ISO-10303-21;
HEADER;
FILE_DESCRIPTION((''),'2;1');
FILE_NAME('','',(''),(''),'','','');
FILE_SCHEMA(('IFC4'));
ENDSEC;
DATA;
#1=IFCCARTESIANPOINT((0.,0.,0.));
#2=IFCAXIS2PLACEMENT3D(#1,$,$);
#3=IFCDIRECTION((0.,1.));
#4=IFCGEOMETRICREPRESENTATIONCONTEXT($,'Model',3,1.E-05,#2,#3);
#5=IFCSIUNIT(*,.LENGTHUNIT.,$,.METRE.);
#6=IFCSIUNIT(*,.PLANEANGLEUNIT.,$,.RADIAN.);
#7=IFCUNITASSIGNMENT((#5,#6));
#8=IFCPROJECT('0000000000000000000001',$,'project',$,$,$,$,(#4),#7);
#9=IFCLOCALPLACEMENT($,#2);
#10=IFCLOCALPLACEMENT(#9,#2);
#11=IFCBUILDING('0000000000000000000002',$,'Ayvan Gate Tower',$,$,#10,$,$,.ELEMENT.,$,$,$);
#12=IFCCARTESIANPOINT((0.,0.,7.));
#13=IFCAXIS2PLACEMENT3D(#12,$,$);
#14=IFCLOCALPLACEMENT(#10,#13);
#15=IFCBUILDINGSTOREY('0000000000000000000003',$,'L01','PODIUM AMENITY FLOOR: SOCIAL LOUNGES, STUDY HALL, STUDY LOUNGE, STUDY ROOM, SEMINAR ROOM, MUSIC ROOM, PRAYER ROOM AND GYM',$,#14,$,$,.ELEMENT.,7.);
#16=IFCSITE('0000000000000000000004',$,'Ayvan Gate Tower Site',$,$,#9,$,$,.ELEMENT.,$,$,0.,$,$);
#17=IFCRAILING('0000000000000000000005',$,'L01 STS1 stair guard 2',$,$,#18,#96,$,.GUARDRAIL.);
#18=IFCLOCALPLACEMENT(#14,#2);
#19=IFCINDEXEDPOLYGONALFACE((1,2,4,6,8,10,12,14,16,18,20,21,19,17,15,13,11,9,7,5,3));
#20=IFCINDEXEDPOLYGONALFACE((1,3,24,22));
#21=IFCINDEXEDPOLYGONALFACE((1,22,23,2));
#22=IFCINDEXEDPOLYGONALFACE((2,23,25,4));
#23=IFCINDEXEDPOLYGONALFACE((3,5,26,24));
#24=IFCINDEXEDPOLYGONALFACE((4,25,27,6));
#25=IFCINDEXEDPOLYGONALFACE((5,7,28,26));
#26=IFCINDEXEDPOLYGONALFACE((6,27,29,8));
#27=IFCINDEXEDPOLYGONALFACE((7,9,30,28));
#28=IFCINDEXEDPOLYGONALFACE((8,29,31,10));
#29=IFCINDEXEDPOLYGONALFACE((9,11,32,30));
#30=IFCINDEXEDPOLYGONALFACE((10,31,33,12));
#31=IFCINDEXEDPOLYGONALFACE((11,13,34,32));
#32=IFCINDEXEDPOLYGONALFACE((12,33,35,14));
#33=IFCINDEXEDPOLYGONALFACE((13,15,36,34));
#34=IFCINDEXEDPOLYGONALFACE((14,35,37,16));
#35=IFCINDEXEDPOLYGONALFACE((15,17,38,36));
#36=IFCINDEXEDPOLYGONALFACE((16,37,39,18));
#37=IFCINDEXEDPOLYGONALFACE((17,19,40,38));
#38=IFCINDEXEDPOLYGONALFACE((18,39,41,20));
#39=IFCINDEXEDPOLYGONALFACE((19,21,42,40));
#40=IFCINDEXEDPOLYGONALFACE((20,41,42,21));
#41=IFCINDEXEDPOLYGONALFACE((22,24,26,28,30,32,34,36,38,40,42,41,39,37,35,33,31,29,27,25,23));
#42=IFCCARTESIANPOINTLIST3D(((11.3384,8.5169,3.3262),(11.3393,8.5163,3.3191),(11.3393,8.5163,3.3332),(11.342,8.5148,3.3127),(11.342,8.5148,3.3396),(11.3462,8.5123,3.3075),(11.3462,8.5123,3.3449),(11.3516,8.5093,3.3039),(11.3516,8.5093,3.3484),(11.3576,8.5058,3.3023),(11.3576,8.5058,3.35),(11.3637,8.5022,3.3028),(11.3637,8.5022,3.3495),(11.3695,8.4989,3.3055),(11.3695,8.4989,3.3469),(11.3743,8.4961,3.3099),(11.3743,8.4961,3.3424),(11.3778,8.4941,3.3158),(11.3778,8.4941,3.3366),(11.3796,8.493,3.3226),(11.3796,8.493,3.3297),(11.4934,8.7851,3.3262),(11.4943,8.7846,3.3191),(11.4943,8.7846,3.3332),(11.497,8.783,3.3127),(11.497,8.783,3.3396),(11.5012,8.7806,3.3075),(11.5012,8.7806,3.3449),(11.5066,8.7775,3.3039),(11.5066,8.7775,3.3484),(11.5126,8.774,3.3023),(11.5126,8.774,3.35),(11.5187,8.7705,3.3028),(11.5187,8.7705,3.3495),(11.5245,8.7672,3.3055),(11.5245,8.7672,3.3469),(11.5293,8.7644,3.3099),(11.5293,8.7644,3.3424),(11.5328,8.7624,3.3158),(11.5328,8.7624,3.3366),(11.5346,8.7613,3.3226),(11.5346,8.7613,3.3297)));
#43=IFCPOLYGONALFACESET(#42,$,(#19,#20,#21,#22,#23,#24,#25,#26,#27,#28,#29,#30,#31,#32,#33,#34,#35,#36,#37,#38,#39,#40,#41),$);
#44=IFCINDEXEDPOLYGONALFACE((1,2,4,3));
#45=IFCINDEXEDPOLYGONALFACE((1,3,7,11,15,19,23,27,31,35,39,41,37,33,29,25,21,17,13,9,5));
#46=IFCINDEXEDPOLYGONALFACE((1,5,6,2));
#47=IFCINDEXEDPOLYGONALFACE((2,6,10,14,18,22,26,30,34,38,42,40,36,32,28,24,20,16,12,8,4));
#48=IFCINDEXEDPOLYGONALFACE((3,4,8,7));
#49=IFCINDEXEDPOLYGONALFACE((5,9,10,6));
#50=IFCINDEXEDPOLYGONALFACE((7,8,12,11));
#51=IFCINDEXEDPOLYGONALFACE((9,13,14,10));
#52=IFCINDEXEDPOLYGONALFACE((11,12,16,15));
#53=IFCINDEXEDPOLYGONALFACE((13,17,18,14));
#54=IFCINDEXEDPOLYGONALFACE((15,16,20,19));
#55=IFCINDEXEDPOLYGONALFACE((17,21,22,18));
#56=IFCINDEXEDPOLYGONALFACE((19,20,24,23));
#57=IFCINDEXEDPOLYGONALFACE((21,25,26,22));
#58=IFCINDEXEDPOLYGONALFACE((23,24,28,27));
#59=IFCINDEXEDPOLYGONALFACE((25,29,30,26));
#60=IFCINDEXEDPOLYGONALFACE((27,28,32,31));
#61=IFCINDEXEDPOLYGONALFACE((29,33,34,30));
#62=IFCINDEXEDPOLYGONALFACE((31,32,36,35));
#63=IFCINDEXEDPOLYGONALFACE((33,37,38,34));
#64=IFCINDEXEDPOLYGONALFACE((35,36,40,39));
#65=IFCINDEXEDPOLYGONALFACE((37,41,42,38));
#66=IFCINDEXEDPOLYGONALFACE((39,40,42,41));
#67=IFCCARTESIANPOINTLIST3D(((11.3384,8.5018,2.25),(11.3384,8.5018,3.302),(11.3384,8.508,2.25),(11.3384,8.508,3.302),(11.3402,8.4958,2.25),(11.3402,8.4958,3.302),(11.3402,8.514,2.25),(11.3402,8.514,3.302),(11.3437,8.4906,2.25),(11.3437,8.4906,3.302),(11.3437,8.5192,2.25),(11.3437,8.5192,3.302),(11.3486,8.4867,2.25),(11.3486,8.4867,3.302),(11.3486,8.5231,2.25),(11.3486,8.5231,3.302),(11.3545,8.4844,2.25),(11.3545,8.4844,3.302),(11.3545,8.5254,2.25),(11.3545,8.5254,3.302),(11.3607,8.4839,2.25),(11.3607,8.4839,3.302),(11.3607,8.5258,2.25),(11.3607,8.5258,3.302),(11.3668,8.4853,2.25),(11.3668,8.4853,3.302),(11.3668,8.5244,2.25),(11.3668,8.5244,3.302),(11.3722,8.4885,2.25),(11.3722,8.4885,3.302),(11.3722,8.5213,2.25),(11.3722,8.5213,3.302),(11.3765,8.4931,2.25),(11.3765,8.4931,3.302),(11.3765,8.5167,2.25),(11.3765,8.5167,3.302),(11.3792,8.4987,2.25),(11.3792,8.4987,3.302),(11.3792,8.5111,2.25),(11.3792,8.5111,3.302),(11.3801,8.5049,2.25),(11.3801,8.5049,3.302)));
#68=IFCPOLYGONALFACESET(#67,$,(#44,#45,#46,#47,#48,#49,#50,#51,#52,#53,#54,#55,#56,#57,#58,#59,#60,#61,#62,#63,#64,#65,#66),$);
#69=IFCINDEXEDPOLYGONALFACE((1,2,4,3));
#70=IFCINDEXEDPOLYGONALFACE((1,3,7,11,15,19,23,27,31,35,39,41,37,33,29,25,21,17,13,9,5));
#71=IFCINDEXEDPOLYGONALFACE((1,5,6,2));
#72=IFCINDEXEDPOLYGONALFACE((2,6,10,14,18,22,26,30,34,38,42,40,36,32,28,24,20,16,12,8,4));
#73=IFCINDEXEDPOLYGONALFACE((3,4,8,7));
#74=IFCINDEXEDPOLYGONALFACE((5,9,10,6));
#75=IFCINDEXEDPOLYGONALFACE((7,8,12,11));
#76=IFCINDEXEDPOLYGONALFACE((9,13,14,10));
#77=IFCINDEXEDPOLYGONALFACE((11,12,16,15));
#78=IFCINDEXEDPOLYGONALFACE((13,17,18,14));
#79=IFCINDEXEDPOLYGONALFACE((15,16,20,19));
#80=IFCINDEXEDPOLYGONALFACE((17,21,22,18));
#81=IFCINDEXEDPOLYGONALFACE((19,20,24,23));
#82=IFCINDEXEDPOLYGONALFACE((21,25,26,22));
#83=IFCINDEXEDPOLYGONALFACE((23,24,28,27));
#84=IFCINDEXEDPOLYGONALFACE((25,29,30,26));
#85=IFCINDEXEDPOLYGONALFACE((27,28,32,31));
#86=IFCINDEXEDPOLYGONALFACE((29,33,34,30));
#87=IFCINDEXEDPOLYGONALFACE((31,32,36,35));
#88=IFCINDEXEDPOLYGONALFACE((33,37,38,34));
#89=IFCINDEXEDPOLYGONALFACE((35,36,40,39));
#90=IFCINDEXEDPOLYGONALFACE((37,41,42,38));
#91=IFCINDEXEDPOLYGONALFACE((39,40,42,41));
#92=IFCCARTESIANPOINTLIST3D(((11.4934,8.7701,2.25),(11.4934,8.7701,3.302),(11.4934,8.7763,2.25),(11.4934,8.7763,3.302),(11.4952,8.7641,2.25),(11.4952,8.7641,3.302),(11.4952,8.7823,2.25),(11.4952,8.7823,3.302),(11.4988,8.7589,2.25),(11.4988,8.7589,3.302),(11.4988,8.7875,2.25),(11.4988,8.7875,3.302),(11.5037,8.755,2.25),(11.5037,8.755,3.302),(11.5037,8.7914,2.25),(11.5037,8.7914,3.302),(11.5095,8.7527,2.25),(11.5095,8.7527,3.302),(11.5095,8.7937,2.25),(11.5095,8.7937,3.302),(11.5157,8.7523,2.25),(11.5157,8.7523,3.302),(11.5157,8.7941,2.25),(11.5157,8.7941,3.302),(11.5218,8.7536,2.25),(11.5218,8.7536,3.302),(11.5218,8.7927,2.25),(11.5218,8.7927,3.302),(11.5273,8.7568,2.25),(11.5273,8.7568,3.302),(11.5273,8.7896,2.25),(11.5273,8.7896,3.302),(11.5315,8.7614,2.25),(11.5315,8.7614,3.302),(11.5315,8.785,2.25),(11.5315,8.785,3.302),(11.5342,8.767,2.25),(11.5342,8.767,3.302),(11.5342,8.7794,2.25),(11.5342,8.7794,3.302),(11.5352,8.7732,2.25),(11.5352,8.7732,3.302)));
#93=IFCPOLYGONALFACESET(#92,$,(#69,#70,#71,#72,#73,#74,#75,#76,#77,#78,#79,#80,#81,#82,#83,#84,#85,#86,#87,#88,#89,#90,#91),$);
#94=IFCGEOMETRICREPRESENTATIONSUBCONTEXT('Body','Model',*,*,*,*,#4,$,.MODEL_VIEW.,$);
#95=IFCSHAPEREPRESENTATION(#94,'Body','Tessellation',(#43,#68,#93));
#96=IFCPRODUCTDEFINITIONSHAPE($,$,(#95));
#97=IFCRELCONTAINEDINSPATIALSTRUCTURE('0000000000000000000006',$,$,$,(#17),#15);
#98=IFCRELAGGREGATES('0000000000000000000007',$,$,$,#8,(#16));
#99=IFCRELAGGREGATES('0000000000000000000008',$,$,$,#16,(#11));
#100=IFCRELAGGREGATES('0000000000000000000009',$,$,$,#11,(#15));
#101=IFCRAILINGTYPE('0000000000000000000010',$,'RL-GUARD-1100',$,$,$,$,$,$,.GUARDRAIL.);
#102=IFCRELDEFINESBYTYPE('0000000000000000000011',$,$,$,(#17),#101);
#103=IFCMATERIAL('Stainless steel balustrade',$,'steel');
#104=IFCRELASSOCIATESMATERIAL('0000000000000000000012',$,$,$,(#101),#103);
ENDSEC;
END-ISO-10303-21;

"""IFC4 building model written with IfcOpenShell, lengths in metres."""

from ifc_helpers import new_model, si_unit, direction, frame, origin, origin_2d, place, context, subcontext, project, spatial, circle, extrude, material, type_object, element, save


model = new_model("IFC4")

# Units and contexts
model_context = context("Model", 3, precision=1e-05, world=origin(), true_north=direction((0.0, 1.0)))
body_context = subcontext(model_context, "Body", "Model", "MODEL_VIEW")
ifc_project = project(units=[si_unit("LENGTHUNIT", "METRE"), si_unit("PLANEANGLEUNIT", "RADIAN")], contexts=[model_context])

# Site, building, storey
site_placement = place(None, origin())
site = spatial("IfcSite", under=ifc_project, at=site_placement, Name="Ayvan Gate Tower Site", CompositionType="ELEMENT", RefElevation=0.0)
building_placement = place(site_placement, origin())
building = spatial("IfcBuilding", under=site, at=building_placement, Name="Ayvan Gate Tower", CompositionType="ELEMENT")
storey_placement = place(building_placement, frame((0.0, 0.0, 7.0)))
storey = spatial("IfcBuildingStorey", under=building, at=storey_placement, Name="L01", Description="PODIUM AMENITY FLOOR: SOCIAL LOUNGES, STUDY HALL, STUDY LOUNGE, STUDY ROOM, SEMINAR ROOM, MUSIC ROOM, PRAYER ROOM AND GYM", CompositionType="ELEMENT", Elevation=7.0)

# Railing
ifc_material_1 = material(Name="Stainless steel balustrade", Category="steel")
railing_type_1 = type_object("IfcRailingType", Name="RL-GUARD-1100", PredefinedType="GUARDRAIL", material=ifc_material_1)
railing_1_placement = place(storey_placement, frame((11.3591, 8.5049, 2.25)))
element("IfcRailing", 1, at=railing_1_placement, inside=storey, type_object=railing_type_1, Name="L01 STS1 stair guard 2", PredefinedType="GUARDRAIL", context=body_context, shape_type="SweptSolid", body=[
    extrude(circle(Radius=0.0239, at=origin_2d()), frame((0.0, 0.0, 1.0762), z_axis=(0.500291, 0.865857, 0.0), x_axis=(-0.865857, 0.500291, 0.0)), (0.0, 0.0, 1.0), 0.3098),
    extrude(circle(Radius=0.021, at=origin_2d()), origin(), (0.0, 0.0, 1.0), 1.052),
    extrude(circle(Radius=0.021, at=origin_2d()), frame((0.155, 0.2683, 0.0)), (0.0, 0.0, 1.0), 1.052),
])

save(model, "model.ifc")
